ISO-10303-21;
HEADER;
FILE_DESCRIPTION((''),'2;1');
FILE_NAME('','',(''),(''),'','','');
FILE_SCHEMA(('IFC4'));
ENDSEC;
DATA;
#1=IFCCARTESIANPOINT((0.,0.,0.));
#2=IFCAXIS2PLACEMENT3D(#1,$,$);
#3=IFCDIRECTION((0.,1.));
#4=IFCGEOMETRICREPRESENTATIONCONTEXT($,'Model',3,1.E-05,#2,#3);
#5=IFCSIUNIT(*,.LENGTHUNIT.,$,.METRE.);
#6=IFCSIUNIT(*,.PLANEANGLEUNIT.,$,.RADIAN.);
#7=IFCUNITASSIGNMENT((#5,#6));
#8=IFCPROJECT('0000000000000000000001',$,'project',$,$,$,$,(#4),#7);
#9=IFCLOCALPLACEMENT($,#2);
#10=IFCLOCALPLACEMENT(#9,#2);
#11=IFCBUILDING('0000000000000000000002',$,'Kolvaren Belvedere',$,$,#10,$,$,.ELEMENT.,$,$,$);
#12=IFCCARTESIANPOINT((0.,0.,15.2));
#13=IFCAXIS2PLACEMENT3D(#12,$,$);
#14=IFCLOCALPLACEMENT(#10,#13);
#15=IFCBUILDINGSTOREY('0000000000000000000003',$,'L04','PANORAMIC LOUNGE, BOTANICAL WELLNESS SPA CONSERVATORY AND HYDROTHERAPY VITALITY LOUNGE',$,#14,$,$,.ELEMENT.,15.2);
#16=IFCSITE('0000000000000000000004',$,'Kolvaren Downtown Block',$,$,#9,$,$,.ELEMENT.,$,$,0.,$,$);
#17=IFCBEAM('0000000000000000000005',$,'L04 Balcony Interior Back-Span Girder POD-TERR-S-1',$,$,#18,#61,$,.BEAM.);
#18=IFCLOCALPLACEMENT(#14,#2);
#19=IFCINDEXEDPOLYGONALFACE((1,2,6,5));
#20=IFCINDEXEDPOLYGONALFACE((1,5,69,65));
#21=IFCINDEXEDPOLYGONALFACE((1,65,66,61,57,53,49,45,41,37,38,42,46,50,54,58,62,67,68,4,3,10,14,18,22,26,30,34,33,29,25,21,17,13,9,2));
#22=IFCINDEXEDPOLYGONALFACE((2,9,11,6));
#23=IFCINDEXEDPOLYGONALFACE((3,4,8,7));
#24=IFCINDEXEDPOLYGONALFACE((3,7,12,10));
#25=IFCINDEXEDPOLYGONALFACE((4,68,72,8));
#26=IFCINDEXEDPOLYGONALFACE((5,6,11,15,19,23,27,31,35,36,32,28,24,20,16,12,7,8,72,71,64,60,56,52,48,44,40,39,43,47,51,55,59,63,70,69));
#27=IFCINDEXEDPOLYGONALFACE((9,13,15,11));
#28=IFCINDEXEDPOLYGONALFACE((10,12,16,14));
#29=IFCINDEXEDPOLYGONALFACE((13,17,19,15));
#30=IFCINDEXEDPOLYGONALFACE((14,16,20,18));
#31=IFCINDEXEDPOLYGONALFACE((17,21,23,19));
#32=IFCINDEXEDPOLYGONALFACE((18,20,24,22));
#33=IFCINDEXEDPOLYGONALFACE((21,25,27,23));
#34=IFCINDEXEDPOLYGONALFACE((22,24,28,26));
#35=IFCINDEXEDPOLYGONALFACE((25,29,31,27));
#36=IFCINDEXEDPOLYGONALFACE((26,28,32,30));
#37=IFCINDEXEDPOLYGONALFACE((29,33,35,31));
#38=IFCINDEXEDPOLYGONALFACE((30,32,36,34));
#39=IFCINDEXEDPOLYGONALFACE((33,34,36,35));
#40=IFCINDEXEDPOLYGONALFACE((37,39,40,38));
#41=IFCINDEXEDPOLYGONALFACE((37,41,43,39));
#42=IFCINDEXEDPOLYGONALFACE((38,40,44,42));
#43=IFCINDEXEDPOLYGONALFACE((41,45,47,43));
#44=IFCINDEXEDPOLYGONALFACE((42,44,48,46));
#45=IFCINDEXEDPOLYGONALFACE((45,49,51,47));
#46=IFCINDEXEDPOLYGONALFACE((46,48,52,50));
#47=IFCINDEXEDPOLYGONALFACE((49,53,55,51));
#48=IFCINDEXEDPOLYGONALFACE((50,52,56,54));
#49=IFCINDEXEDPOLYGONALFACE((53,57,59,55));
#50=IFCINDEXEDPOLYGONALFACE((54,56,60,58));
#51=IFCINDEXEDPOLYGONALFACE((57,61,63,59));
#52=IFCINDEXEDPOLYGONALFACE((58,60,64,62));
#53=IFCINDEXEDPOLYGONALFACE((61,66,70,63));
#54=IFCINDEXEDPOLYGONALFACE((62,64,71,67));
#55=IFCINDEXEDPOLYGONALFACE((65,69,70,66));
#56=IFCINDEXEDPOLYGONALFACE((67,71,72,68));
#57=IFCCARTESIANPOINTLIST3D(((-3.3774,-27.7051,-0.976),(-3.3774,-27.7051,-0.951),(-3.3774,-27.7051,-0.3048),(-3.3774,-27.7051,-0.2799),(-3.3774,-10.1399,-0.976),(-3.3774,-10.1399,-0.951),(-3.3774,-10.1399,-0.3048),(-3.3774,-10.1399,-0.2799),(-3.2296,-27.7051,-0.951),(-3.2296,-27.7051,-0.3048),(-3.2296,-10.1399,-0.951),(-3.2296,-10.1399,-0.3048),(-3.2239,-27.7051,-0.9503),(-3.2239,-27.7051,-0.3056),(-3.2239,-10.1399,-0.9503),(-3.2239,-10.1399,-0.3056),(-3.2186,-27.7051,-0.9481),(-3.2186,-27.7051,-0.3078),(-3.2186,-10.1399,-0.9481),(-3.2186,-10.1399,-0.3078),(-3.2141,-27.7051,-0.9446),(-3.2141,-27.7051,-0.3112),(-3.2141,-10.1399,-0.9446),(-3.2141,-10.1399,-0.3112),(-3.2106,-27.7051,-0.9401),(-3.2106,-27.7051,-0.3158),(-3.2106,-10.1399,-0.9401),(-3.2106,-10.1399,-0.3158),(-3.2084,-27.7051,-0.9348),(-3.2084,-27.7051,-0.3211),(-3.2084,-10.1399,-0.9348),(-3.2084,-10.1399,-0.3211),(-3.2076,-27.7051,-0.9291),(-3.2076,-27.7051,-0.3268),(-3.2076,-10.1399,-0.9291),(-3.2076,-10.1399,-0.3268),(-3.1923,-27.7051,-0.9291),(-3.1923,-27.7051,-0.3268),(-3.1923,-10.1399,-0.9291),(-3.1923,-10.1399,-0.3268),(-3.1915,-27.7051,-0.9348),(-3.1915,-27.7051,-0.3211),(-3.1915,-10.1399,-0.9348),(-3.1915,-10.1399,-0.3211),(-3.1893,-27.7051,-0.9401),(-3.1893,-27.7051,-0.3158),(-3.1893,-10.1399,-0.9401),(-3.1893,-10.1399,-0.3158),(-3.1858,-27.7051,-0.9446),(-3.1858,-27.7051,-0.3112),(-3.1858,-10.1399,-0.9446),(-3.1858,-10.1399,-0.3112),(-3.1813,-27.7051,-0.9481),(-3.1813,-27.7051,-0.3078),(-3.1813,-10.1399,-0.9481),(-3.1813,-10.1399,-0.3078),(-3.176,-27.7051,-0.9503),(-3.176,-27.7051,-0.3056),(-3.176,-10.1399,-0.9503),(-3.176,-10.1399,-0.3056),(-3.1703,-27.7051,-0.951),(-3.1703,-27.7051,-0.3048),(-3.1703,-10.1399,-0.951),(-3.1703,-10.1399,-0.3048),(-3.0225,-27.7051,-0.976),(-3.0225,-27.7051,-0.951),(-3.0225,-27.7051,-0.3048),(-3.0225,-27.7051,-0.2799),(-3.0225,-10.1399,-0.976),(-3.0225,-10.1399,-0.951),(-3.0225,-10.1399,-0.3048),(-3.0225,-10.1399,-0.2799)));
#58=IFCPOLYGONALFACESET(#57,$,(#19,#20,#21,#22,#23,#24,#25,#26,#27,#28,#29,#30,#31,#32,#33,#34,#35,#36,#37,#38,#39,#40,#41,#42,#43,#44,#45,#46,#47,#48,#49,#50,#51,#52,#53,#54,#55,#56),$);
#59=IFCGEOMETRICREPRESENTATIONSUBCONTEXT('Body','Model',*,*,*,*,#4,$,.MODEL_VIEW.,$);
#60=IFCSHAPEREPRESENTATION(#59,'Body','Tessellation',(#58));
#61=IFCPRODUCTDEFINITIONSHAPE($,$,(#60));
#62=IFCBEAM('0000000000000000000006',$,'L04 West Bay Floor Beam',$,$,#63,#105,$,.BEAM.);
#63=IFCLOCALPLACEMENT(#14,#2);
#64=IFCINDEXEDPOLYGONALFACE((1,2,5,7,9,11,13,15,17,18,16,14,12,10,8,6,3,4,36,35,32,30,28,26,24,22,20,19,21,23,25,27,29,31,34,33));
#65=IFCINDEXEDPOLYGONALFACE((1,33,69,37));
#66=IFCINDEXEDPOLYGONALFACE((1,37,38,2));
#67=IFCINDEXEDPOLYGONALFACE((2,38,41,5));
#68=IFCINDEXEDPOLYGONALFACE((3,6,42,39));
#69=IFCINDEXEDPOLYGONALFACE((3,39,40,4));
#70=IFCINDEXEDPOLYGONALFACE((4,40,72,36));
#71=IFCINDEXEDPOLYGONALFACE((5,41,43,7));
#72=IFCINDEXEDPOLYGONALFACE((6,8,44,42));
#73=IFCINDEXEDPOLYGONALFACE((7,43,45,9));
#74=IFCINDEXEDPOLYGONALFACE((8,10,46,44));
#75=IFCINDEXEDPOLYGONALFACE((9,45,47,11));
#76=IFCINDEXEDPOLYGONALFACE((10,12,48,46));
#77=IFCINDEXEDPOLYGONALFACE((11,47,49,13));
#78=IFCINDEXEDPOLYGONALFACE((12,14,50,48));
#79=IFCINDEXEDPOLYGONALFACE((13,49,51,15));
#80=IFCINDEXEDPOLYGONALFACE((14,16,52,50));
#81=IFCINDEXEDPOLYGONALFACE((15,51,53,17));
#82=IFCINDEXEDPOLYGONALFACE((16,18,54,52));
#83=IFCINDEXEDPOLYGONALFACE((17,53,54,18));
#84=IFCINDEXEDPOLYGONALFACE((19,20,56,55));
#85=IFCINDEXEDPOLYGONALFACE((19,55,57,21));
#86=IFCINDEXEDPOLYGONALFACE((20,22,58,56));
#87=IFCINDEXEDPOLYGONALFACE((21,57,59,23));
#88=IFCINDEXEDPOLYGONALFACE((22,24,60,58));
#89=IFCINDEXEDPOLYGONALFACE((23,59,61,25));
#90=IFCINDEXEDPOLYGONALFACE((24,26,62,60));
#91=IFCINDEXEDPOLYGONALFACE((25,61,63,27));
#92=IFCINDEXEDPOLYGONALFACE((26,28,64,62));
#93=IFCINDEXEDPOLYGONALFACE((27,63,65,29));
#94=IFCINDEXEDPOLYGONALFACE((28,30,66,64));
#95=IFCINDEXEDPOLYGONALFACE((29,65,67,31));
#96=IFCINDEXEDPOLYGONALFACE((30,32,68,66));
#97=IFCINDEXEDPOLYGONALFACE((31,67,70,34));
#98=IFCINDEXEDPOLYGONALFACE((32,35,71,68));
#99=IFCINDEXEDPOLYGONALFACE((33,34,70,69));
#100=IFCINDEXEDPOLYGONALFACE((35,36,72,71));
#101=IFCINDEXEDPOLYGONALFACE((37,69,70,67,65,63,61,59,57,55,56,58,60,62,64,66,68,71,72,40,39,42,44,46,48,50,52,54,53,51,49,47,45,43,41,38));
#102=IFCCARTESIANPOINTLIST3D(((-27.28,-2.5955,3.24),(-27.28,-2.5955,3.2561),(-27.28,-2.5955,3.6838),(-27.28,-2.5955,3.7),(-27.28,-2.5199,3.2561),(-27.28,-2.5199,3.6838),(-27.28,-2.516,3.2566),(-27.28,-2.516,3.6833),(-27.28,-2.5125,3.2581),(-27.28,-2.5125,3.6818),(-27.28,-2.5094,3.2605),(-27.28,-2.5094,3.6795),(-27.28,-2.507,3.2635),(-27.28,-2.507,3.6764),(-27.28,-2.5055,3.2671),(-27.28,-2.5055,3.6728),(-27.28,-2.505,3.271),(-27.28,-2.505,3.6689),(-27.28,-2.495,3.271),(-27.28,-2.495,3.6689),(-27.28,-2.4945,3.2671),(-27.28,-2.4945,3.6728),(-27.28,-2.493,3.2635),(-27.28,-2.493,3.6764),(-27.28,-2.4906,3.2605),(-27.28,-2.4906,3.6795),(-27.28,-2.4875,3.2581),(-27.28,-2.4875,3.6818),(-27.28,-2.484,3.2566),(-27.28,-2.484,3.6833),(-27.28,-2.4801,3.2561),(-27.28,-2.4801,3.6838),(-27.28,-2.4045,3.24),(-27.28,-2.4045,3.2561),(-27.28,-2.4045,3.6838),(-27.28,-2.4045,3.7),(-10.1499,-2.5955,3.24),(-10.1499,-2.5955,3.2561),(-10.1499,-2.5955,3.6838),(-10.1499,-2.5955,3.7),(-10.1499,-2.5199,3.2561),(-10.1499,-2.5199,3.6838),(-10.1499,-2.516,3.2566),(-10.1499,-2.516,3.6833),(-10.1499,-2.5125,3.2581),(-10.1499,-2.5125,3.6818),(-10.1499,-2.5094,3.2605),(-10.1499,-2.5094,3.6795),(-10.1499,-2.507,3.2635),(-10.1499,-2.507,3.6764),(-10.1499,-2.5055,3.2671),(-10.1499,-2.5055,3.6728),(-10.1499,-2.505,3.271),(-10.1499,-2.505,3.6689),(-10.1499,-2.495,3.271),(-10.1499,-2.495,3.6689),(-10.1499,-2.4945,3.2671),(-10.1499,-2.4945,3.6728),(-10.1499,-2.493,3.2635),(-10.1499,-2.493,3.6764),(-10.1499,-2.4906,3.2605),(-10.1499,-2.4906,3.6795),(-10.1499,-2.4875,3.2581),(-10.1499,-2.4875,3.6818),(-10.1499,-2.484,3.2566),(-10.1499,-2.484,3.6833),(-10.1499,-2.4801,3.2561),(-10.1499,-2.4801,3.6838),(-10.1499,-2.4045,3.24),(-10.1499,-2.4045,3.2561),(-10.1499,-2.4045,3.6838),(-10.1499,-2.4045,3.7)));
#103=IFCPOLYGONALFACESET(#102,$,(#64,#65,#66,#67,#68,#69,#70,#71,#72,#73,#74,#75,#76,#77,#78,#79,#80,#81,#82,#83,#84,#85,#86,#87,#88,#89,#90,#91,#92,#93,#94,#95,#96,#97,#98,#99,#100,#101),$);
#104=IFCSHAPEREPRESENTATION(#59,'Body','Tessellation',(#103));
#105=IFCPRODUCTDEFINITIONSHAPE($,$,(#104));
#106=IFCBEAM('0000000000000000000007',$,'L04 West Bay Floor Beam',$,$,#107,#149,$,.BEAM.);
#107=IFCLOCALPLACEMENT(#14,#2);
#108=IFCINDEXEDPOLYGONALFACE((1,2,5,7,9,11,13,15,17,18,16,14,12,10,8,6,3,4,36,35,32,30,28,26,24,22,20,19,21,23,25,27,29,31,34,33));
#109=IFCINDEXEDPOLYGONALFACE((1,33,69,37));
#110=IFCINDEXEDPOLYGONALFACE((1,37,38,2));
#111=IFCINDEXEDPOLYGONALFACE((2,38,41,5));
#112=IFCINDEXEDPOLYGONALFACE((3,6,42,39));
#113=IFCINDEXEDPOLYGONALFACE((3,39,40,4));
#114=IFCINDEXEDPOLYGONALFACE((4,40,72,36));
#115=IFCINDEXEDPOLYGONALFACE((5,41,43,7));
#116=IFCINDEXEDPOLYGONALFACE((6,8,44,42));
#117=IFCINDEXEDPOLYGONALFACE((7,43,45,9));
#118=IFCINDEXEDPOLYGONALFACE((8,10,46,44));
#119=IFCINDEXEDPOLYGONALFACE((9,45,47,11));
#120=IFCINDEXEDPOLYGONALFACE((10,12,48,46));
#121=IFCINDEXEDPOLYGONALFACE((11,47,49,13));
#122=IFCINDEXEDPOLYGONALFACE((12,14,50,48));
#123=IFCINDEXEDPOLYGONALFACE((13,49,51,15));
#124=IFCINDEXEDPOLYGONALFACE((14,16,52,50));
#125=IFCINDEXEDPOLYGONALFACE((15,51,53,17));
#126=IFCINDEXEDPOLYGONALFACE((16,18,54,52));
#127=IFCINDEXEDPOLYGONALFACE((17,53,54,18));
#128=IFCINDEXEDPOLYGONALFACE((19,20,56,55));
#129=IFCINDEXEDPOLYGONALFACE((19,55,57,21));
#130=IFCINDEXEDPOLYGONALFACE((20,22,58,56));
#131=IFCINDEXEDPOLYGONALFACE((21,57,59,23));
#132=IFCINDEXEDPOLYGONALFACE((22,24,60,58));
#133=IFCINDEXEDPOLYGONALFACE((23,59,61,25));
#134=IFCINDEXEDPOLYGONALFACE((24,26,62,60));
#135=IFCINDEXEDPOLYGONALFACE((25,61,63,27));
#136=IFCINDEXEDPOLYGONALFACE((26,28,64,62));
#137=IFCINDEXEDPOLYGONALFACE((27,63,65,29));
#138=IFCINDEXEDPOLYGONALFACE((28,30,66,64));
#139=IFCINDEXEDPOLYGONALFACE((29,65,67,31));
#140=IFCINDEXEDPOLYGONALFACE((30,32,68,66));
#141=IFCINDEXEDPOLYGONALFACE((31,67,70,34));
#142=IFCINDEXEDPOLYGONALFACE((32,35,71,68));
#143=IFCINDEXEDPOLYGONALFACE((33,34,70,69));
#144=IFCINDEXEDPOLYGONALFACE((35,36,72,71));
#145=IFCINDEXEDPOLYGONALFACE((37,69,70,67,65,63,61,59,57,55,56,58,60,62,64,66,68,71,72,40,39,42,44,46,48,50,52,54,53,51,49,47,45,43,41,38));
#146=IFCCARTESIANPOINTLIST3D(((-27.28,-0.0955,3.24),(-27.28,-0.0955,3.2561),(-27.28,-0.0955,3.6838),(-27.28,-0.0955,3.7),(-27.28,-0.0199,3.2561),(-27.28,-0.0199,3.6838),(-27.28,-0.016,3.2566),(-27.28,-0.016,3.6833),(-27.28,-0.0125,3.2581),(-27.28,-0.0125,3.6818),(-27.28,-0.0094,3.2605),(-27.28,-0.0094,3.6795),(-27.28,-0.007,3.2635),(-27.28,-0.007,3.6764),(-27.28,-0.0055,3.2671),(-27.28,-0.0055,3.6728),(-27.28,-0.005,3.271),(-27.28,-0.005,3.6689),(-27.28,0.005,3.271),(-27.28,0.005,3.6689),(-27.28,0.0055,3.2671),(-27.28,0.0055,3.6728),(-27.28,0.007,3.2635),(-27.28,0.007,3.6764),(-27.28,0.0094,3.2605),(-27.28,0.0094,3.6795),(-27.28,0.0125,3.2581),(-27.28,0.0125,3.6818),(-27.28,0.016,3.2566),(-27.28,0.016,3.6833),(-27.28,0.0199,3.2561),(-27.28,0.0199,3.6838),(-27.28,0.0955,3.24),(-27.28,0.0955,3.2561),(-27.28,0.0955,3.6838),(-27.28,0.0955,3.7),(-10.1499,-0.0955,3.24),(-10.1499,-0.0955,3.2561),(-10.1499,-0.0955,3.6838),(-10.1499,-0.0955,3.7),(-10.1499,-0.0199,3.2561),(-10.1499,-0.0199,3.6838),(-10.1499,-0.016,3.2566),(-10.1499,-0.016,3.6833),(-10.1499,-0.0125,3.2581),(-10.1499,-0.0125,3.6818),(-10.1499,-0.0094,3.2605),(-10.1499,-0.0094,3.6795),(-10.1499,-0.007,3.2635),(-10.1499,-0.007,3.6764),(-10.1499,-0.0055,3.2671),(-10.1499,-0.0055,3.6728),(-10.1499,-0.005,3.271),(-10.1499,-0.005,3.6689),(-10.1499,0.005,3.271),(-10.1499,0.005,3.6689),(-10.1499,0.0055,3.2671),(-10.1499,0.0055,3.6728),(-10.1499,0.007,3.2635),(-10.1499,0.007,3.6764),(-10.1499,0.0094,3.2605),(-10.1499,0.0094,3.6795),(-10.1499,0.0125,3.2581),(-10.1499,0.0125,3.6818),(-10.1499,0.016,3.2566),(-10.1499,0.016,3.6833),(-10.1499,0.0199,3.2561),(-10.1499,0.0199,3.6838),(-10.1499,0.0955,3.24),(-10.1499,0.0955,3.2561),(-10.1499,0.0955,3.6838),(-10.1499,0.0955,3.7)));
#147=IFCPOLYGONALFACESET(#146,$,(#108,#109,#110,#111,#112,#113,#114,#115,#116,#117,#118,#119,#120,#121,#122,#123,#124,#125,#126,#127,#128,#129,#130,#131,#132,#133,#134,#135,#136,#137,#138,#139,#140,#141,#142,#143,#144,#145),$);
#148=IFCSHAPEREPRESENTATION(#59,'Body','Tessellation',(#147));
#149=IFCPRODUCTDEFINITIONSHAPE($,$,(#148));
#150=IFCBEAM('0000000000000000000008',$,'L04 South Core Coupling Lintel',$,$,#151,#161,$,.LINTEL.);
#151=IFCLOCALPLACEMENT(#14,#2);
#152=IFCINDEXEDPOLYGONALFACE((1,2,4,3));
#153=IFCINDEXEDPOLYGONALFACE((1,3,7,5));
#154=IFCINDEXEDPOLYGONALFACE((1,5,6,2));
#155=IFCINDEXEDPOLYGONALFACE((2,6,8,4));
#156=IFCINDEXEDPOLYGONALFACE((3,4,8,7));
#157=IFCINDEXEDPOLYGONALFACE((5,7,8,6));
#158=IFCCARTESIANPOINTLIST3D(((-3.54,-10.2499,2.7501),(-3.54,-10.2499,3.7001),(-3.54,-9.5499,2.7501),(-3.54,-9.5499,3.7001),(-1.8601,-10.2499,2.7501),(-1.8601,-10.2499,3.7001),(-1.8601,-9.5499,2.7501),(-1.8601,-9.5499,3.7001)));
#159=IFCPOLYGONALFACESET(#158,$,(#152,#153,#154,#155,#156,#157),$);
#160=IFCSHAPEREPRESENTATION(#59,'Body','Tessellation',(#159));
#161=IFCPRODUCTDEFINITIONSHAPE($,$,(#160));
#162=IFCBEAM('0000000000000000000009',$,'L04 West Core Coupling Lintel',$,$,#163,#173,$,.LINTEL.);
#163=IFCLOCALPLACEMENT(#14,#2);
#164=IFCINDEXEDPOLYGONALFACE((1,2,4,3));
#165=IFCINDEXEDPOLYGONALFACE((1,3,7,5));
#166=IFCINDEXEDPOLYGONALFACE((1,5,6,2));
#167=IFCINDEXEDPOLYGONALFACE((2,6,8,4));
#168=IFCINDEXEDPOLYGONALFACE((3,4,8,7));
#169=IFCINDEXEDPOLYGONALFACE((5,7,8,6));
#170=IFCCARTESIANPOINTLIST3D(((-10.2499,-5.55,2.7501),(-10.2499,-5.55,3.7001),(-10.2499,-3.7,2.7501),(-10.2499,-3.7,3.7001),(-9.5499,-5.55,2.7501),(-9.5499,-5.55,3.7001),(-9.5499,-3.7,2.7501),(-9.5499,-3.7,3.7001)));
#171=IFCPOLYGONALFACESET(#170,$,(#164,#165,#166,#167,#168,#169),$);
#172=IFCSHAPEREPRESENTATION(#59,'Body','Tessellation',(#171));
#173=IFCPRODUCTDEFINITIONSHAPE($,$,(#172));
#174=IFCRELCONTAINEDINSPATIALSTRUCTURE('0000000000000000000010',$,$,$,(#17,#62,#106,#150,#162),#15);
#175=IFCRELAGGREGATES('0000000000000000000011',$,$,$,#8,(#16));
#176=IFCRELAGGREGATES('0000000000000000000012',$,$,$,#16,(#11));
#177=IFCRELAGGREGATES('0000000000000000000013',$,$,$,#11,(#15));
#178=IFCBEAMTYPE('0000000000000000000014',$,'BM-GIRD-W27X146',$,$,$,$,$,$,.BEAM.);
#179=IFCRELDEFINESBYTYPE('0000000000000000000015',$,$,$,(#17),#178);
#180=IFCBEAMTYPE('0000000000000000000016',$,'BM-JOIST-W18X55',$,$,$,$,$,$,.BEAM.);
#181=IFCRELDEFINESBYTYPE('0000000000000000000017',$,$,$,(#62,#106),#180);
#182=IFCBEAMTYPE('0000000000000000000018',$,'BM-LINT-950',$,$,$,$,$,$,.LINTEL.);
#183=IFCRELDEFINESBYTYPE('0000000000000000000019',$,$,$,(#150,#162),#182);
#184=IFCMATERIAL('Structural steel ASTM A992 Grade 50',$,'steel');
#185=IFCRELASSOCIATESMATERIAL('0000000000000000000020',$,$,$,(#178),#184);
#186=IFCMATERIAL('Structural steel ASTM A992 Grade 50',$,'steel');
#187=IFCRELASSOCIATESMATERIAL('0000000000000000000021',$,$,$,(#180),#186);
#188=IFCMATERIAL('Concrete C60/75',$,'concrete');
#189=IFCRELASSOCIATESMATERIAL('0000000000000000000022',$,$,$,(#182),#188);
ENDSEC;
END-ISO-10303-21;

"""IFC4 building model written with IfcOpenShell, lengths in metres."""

from ifc_helpers import new_model, si_unit, direction, frame, origin, origin_2d, place, context, subcontext, project, spatial, rectangle, i_section, extrude, material, material_profile, profile_set, type_object, element, save


model = new_model("IFC4")

# Units and contexts
model_context = context("Model", 3, precision=1e-05, world=origin(), true_north=direction((0.0, 1.0)))
body_context = subcontext(model_context, "Body", "Model", "MODEL_VIEW")
ifc_project = project(units=[si_unit("LENGTHUNIT", "METRE"), si_unit("PLANEANGLEUNIT", "RADIAN")], contexts=[model_context])

# Site, building, storey
site_placement = place(None, origin())
site = spatial("IfcSite", under=ifc_project, at=site_placement, Name="Kolvaren Downtown Block", CompositionType="ELEMENT", RefElevation=0.0)
building_placement = place(site_placement, origin())
building = spatial("IfcBuilding", under=site, at=building_placement, Name="Kolvaren Belvedere", CompositionType="ELEMENT")
storey_placement = place(building_placement, frame((0.0, 0.0, 15.2)))
storey = spatial("IfcBuildingStorey", under=building, at=storey_placement, Name="L04", Description="PANORAMIC LOUNGE, BOTANICAL WELLNESS SPA CONSERVATORY AND HYDROTHERAPY VITALITY LOUNGE", CompositionType="ELEMENT", Elevation=15.2)

# Beams
ifc_material_1 = material(Name="Structural steel ASTM A992 Grade 50", Category="steel")
ifc_material_profile_1 = material_profile(ifc_material_1, i_section(OverallWidth=0.355, OverallDepth=0.696, WebThickness=0.0154, FlangeThickness=0.0249, FilletRadius=0.022, at=origin_2d()), Name="W27X146")
ifc_profile_set_1 = profile_set([ifc_material_profile_1], Name="Structural steel ASTM A992 Grade 50")
beam_type_1 = type_object("IfcBeamType", Name="BM-GIRD-W27X146", PredefinedType="BEAM", material=ifc_profile_set_1)
beam_1_placement = place(storey_placement, frame((-3.2, -10.1399, -0.6279), z_axis=(0.0, -1.0, 0.0), x_axis=(1.0, 0.0, 0.0)))
element("IfcBeam", 1, at=beam_1_placement, inside=storey, type_object=beam_type_1, Name="L04 Balcony Interior Back-Span Girder POD-TERR-S-1", PredefinedType="BEAM", context=body_context, shape_type="SweptSolid", body=[
    extrude(i_section(OverallWidth=0.355, OverallDepth=0.696, WebThickness=0.0154, FlangeThickness=0.0249, FilletRadius=0.022, at=origin_2d()), origin(), (0.0, 0.0, 1.0), 17.5652),
])
ifc_material_2 = material(Name="Structural steel ASTM A992 Grade 50", Category="steel")
ifc_material_profile_2 = material_profile(ifc_material_2, i_section(OverallWidth=0.1909, OverallDepth=0.46, WebThickness=0.01, FlangeThickness=0.0161, FilletRadius=0.0149, at=origin_2d()), Name="W18X55")
ifc_profile_set_2 = profile_set([ifc_material_profile_2], Name="Structural steel ASTM A992 Grade 50")
beam_type_2 = type_object("IfcBeamType", Name="BM-JOIST-W18X55", PredefinedType="BEAM", material=ifc_profile_set_2)
for number, where, z_axis, x_axis, name in (
    (2, (-27.28, -2.5, 3.47), (1.0, 0.0, 0.0), (0.0, 1.0, 0.0), "L04 West Bay Floor Beam"),
    (3, (-27.28, 0.0, 3.47), (1.0, 0.0, 0.0), (0.0, 1.0, 0.0), "L04 West Bay Floor Beam"),
):
    element("IfcBeam", number, at=place(storey_placement, frame(where, z_axis=z_axis, x_axis=x_axis)), inside=storey, type_object=beam_type_2, Name=name, PredefinedType="BEAM", context=body_context, shape_type="SweptSolid", body=[
        extrude(i_section(OverallWidth=0.1909, OverallDepth=0.46, WebThickness=0.01, FlangeThickness=0.0161, FilletRadius=0.0149, at=origin_2d()), origin(), (0.0, 0.0, 1.0), 17.1301),
    ])
ifc_material_3 = material(Name="Concrete C60/75", Category="concrete")
ifc_material_profile_3 = material_profile(ifc_material_3, rectangle(XDim=0.7, YDim=0.95, at=origin_2d()), Name="RC 700X950")
ifc_profile_set_3 = profile_set([ifc_material_profile_3], Name="Concrete C60/75")
beam_type_3 = type_object("IfcBeamType", Name="BM-LINT-950", PredefinedType="LINTEL", material=ifc_profile_set_3)
beam_2_placement = place(storey_placement, frame((-3.54, -9.8999, 3.2251), z_axis=(1.0, 0.0, 0.0), x_axis=(0.0, 1.0, 0.0)))
element("IfcBeam", 4, at=beam_2_placement, inside=storey, type_object=beam_type_3, Name="L04 South Core Coupling Lintel", PredefinedType="LINTEL", context=body_context, shape_type="SweptSolid", body=[
    extrude(rectangle(XDim=0.7, YDim=0.95, at=origin_2d()), origin(), (0.0, 0.0, 1.0), 1.6799),
])
beam_3_placement = place(storey_placement, frame((-9.8999, -5.55, 3.2251), z_axis=(0.0, 1.0, 0.0), x_axis=(-1.0, 0.0, 0.0)))
element("IfcBeam", 5, at=beam_3_placement, inside=storey, type_object=beam_type_3, Name="L04 West Core Coupling Lintel", PredefinedType="LINTEL", context=body_context, shape_type="SweptSolid", body=[
    extrude(rectangle(XDim=0.7, YDim=0.95, at=origin_2d()), origin(), (0.0, 0.0, 1.0), 1.8501),
])

save(model, "model.ifc")
